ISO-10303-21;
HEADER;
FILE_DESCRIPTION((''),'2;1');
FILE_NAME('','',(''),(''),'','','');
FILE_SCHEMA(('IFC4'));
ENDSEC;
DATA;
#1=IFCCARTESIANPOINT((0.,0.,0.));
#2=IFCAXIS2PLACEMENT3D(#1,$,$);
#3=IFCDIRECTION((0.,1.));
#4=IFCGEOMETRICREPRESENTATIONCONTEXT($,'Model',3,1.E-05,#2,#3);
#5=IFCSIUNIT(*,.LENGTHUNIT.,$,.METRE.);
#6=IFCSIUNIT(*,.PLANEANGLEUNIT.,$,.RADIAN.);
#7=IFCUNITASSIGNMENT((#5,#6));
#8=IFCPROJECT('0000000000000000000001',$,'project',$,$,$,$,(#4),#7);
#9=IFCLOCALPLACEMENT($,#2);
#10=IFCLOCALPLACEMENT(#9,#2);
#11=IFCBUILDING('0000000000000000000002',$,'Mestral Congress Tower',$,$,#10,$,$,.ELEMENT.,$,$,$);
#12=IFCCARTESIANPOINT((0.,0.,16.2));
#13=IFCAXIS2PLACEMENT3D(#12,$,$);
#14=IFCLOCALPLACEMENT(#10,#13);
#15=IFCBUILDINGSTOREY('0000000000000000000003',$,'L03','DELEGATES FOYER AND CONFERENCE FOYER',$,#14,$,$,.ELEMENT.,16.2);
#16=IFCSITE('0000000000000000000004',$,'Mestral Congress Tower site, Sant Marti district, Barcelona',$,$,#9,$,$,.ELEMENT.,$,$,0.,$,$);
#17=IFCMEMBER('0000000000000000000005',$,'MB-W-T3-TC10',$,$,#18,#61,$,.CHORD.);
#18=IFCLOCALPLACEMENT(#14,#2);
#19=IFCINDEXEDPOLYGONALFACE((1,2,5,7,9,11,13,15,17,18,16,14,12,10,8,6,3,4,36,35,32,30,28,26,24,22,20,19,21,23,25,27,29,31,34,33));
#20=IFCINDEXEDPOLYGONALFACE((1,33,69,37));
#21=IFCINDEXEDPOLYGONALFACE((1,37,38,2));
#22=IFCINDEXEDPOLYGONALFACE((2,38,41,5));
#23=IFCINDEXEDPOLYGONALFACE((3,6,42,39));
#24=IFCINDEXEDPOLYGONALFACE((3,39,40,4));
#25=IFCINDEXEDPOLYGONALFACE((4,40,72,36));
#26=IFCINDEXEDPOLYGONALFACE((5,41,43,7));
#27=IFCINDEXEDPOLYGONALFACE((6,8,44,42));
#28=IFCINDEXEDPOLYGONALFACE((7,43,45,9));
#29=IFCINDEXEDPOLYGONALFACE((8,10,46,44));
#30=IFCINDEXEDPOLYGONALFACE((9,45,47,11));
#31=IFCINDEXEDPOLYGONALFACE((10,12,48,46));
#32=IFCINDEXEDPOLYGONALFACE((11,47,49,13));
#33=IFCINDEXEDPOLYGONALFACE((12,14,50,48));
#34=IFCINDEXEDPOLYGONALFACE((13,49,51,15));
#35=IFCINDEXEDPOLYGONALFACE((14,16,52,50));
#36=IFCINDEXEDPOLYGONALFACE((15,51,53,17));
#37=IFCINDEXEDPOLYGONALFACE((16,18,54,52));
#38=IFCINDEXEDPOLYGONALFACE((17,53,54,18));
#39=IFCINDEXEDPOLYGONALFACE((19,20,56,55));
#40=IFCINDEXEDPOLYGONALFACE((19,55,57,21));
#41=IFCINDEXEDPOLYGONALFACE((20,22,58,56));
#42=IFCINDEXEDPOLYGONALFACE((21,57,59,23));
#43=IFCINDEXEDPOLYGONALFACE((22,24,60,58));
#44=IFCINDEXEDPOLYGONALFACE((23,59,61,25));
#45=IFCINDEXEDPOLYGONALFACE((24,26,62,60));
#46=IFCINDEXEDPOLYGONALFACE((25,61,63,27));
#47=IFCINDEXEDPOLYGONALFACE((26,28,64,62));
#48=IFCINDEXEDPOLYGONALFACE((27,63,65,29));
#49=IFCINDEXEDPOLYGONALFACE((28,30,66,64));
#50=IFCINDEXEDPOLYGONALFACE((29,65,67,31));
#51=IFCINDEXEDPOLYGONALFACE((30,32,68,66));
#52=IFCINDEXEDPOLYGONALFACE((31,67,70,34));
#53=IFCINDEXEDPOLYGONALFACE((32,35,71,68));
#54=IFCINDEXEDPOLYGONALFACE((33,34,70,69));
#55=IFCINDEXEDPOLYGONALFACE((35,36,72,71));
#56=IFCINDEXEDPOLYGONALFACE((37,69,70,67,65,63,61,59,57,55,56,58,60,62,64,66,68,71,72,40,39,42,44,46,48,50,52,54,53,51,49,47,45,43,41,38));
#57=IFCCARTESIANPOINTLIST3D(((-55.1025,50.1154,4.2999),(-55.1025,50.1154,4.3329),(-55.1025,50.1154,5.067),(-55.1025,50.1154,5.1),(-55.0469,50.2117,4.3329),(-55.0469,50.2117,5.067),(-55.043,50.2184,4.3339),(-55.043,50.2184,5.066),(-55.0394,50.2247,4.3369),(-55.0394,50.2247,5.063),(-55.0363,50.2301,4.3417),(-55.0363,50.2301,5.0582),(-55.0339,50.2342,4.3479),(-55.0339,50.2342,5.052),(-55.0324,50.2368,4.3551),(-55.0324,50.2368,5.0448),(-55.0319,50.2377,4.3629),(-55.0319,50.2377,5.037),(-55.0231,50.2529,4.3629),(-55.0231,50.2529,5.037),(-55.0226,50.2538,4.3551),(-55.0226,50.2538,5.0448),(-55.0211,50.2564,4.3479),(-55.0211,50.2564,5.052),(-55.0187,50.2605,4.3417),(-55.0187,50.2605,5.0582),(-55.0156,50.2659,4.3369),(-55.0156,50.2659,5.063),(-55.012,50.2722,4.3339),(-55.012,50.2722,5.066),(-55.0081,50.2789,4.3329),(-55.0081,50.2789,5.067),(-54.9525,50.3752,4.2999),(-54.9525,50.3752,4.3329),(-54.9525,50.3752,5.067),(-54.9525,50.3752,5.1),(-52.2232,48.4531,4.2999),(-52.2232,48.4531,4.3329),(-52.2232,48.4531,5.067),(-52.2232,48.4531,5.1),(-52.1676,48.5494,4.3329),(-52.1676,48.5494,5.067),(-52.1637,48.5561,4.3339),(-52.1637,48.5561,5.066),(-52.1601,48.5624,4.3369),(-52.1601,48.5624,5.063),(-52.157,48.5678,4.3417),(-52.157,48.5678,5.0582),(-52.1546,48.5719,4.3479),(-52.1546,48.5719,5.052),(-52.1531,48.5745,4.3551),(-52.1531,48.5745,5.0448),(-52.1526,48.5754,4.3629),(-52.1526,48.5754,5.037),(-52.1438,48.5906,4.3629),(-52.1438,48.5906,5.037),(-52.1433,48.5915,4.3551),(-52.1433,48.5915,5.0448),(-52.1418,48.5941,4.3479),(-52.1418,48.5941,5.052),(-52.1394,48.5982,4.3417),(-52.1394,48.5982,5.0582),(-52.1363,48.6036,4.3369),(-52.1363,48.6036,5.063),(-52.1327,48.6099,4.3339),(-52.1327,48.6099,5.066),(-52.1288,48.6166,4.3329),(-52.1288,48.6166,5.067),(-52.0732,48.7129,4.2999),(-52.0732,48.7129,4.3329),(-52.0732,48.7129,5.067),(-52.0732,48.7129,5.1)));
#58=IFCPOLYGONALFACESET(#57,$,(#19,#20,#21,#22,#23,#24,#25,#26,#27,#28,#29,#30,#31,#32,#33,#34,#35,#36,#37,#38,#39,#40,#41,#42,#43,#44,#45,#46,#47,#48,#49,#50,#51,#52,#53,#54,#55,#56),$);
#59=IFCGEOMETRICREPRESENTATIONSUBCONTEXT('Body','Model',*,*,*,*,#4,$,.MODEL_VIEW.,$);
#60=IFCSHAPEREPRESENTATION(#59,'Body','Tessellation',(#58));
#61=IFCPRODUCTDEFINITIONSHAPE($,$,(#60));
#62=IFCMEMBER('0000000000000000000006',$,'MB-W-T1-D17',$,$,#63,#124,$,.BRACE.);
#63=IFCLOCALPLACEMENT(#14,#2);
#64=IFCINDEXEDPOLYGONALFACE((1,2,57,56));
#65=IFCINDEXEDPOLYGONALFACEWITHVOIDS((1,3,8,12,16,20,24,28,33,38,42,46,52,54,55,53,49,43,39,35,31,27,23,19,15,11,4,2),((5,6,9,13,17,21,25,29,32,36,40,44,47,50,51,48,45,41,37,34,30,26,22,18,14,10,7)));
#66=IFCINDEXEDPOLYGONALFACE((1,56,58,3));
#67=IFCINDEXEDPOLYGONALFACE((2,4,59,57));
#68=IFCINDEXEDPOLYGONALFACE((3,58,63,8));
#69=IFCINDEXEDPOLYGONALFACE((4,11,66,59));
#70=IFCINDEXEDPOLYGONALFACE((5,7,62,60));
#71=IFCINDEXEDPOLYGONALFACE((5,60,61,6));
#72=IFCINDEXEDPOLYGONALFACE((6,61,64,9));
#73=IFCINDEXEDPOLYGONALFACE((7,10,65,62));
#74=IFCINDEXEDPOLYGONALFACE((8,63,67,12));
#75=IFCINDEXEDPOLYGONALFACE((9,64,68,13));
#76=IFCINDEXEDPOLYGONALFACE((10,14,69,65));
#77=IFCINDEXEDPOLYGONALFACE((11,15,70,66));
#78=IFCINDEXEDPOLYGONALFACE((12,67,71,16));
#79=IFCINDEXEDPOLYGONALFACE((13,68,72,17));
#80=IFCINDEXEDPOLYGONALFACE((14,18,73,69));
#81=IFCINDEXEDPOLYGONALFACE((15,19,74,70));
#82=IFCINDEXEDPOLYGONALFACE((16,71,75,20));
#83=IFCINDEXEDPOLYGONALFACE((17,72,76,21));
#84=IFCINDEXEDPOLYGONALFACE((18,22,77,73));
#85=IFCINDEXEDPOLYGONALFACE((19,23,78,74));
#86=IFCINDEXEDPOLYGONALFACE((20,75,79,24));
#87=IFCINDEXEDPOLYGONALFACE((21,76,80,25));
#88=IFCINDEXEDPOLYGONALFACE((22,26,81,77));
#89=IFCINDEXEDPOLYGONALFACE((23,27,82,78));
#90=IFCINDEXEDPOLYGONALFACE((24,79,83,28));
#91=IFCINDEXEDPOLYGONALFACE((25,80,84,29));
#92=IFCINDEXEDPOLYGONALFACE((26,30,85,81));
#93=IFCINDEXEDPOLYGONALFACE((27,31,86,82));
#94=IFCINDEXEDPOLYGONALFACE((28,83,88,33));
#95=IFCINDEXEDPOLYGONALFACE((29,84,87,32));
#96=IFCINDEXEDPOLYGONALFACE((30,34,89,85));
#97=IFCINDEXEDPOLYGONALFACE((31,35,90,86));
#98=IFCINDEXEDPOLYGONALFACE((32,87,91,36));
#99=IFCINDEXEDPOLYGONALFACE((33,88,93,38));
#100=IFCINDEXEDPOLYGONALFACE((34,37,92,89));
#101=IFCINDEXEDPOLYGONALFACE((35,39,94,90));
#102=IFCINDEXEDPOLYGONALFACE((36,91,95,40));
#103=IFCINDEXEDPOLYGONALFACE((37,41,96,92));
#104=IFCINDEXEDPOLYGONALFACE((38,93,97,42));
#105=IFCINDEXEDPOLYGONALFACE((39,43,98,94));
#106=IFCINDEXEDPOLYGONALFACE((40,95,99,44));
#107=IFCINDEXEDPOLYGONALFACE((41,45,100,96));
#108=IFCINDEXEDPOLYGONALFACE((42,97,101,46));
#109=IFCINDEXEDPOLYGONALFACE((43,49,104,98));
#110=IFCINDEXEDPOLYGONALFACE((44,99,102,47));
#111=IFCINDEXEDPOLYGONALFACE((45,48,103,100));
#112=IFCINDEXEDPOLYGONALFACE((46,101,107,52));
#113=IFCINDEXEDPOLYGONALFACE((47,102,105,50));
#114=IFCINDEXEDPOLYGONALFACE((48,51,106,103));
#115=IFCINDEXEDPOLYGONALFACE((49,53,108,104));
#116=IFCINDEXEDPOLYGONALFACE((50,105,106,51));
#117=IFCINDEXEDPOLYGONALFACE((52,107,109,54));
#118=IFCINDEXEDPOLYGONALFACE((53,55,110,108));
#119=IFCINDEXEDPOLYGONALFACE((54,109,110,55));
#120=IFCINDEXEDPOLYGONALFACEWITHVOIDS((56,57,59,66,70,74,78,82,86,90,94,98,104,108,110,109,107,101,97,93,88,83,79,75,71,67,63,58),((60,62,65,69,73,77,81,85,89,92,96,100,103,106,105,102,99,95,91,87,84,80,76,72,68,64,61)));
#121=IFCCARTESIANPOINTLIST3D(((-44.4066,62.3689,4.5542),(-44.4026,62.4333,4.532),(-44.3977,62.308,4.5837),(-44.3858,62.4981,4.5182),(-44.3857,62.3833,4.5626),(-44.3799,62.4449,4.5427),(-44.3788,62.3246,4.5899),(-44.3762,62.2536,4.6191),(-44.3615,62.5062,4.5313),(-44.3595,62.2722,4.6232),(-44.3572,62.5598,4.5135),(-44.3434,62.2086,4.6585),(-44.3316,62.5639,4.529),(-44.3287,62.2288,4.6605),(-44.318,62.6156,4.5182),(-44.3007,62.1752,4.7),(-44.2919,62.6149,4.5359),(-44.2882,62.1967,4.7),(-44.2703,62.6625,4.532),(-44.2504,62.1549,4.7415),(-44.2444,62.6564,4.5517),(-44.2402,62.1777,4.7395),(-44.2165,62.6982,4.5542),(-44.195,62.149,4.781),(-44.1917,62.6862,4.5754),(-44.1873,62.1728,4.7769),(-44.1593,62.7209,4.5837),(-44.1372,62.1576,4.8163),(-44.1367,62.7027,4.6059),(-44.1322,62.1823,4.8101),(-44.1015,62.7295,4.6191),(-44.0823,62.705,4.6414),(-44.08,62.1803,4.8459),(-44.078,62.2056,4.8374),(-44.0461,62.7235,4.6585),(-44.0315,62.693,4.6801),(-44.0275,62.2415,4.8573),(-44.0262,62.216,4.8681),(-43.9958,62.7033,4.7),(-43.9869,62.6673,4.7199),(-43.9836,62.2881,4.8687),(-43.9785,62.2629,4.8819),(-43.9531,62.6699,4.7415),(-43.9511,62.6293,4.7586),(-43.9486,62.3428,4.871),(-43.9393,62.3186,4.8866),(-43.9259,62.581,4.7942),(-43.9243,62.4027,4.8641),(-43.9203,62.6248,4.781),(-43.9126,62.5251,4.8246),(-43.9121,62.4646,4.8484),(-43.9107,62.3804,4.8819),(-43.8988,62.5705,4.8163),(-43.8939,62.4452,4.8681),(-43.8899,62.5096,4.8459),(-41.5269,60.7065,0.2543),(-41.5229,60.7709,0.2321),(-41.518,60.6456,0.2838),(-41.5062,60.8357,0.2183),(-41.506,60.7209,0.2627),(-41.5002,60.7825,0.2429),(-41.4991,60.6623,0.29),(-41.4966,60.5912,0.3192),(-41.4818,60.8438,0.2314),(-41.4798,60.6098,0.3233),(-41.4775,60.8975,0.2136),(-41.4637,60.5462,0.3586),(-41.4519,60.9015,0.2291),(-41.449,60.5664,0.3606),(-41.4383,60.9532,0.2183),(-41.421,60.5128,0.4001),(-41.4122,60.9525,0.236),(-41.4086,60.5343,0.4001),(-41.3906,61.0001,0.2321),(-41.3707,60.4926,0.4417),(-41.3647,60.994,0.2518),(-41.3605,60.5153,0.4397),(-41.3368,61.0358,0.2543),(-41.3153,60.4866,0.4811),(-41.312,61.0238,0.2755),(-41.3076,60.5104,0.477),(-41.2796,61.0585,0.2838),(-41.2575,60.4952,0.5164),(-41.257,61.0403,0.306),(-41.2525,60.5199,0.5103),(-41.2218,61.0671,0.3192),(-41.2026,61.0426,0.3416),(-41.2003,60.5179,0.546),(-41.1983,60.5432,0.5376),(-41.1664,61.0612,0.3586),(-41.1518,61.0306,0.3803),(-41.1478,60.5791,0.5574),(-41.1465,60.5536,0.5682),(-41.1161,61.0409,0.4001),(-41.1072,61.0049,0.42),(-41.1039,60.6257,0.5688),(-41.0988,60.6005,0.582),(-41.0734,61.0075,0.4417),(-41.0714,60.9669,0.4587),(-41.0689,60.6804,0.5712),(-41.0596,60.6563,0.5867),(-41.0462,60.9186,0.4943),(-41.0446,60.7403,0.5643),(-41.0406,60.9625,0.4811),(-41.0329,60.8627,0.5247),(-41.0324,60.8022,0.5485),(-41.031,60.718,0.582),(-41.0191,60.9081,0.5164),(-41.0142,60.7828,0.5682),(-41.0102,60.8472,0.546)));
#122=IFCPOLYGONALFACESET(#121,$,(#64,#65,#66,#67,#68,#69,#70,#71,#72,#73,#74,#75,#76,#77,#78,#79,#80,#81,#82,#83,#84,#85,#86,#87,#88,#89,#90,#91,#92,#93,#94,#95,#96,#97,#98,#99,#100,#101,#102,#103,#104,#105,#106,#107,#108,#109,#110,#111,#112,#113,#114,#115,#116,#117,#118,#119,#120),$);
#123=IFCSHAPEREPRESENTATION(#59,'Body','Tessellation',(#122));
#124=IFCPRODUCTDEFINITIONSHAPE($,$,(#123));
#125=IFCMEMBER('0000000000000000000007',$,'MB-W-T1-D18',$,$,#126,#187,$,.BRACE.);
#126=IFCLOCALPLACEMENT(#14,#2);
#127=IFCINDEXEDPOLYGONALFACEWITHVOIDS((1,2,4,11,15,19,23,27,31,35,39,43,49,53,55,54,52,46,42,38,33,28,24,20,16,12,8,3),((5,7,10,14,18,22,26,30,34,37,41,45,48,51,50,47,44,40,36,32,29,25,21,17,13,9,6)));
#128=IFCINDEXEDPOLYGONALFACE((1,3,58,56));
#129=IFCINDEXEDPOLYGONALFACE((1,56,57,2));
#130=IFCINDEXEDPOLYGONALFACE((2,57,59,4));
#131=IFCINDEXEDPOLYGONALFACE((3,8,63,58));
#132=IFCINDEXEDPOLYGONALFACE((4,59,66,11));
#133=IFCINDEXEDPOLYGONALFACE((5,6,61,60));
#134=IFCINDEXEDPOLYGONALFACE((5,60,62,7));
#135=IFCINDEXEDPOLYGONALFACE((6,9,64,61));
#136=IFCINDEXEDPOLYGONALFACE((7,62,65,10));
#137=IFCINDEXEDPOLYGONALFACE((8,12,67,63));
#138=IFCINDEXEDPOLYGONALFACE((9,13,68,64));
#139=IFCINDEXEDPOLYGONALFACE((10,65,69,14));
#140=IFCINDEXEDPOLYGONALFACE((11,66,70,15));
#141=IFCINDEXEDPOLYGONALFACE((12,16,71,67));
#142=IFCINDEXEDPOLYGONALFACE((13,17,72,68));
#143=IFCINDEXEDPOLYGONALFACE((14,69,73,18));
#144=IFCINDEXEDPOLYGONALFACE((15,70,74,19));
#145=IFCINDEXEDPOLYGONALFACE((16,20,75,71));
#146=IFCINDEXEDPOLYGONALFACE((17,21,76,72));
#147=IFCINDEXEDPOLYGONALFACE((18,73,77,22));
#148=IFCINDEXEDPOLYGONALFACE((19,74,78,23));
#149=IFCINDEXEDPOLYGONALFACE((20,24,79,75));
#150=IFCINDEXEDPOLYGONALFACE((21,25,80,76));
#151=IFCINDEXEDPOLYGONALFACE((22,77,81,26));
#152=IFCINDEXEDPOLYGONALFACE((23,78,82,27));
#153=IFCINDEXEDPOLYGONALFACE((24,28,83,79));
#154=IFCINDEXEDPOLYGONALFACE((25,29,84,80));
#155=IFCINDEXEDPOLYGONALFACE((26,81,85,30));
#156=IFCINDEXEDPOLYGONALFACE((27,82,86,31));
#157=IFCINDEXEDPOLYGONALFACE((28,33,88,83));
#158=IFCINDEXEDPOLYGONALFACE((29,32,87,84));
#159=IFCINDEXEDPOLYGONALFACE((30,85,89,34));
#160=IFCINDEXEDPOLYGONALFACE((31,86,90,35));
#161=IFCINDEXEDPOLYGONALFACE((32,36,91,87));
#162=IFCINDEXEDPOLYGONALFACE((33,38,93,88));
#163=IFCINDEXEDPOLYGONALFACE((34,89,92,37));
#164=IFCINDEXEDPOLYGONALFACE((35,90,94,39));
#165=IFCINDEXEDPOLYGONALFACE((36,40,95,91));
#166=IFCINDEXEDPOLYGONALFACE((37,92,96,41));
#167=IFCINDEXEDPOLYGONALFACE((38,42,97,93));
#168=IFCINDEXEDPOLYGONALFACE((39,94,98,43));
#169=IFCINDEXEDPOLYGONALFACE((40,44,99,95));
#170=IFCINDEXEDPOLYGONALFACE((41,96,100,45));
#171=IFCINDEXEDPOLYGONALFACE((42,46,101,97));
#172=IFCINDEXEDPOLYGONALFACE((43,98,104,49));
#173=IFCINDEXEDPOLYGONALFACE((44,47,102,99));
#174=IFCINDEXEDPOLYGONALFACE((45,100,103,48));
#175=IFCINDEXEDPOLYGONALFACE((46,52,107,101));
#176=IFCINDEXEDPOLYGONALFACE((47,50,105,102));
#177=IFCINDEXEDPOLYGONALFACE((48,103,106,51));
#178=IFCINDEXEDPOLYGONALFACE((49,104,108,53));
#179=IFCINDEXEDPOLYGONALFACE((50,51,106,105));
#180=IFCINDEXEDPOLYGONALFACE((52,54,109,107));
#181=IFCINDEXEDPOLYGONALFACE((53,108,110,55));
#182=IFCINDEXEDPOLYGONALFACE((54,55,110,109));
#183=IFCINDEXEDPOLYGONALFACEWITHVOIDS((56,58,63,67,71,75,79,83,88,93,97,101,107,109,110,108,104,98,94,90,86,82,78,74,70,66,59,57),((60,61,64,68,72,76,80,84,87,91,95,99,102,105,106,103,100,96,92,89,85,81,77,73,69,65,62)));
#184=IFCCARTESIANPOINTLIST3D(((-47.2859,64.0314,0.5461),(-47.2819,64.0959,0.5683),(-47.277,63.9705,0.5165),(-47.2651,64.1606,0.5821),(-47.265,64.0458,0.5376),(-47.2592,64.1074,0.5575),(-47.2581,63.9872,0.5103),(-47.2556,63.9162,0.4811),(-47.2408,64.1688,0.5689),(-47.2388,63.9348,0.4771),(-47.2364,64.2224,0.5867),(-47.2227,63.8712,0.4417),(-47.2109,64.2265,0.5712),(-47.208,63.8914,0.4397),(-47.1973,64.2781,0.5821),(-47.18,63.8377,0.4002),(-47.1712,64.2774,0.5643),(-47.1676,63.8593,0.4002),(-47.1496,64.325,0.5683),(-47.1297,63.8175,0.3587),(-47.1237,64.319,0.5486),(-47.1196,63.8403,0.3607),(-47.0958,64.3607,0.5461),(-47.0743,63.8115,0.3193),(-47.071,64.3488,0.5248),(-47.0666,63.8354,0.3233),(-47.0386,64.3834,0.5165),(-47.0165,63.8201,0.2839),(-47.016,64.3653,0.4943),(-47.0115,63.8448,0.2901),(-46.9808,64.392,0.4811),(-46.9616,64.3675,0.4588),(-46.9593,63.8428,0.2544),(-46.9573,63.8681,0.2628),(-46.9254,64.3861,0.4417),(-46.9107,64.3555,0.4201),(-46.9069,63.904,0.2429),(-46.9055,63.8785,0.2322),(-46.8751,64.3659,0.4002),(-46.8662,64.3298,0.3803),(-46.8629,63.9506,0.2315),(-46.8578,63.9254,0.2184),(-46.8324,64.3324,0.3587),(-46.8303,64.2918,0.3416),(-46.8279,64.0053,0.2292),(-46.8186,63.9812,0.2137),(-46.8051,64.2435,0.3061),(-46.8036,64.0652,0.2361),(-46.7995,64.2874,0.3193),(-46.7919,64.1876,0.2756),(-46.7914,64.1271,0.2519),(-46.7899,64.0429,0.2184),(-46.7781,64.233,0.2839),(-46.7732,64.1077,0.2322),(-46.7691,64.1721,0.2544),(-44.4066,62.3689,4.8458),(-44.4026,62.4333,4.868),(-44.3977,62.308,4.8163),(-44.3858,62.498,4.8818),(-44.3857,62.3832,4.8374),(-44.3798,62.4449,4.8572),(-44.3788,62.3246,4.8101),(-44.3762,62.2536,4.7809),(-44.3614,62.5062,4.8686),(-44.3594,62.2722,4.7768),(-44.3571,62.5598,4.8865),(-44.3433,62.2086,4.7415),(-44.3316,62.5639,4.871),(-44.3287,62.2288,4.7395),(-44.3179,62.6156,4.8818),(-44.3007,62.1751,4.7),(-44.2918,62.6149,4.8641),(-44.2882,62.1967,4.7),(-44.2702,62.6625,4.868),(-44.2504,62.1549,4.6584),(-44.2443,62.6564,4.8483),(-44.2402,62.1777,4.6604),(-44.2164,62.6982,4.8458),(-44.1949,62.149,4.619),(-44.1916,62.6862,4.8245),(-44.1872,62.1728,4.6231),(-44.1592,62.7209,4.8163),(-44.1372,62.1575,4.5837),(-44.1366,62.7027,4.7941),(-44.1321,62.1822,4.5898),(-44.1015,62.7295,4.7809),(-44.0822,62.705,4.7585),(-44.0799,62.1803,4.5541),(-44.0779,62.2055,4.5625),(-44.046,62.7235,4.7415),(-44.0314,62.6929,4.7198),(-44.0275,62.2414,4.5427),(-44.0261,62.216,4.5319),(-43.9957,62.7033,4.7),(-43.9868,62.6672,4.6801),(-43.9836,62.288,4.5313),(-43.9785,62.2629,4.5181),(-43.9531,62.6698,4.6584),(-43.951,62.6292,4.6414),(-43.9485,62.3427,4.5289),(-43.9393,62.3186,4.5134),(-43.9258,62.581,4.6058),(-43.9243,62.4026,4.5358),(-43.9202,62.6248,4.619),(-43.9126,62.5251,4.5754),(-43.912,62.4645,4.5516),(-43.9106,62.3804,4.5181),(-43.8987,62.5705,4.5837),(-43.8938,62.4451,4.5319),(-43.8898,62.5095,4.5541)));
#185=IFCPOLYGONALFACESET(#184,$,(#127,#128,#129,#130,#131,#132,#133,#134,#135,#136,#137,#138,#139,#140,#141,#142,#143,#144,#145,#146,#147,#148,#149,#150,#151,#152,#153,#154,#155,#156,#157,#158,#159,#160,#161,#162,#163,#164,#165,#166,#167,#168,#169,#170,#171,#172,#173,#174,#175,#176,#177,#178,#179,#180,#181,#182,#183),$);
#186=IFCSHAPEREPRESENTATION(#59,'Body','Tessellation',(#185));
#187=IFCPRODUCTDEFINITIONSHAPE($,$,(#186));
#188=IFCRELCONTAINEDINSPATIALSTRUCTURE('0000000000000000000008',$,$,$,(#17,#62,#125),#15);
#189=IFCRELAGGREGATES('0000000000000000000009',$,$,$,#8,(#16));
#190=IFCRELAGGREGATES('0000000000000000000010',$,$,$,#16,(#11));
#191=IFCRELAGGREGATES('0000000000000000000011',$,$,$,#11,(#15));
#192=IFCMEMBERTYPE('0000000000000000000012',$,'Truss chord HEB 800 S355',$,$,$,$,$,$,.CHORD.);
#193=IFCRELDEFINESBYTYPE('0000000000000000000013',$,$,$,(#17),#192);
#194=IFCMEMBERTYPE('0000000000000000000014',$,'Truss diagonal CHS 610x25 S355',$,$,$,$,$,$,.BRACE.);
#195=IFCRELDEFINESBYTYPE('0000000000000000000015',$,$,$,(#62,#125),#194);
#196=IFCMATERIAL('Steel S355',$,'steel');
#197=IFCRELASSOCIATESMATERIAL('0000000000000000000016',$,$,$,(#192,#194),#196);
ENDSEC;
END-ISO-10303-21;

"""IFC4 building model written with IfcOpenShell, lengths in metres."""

from ifc_helpers import new_model, si_unit, direction, frame, origin, origin_2d, place, context, subcontext, project, spatial, hollow_circle, i_section, extrude, material, material_profile, profile_set, type_object, element, save


model = new_model("IFC4")

# Units and contexts
model_context = context("Model", 3, precision=1e-05, world=origin(), true_north=direction((0.0, 1.0)))
body_context = subcontext(model_context, "Body", "Model", "MODEL_VIEW")
ifc_project = project(units=[si_unit("LENGTHUNIT", "METRE"), si_unit("PLANEANGLEUNIT", "RADIAN")], contexts=[model_context])

# Site, building, storey
site_placement = place(None, origin())
site = spatial("IfcSite", under=ifc_project, at=site_placement, Name="Mestral Congress Tower site, Sant Marti district, Barcelona", CompositionType="ELEMENT", RefElevation=0.0)
building_placement = place(site_placement, origin())
building = spatial("IfcBuilding", under=site, at=building_placement, Name="Mestral Congress Tower", CompositionType="ELEMENT")
storey_placement = place(building_placement, frame((0.0, 0.0, 16.2)))
storey = spatial("IfcBuildingStorey", under=building, at=storey_placement, Name="L03", Description="DELEGATES FOYER AND CONFERENCE FOYER", CompositionType="ELEMENT", Elevation=16.2)

# Shared definitions
ifc_material_1 = material(Name="Steel S355", Category="steel")

# Members
ifc_material_profile_1 = material_profile(ifc_material_1, i_section(OverallWidth=0.3, OverallDepth=0.8, WebThickness=0.0176, FlangeThickness=0.033, FilletRadius=0.03, at=origin_2d()), Name="HEB 800")
ifc_profile_set_1 = profile_set([ifc_material_profile_1], Name="Steel S355")
member_type_1 = type_object("IfcMemberType", Name="Truss chord HEB 800 S355", PredefinedType="CHORD", material=ifc_profile_set_1)
member_1_placement = place(storey_placement, frame((-52.1482, 48.583, 4.7), z_axis=(-0.866034, 0.499985, 0.0), x_axis=(-0.499985, -0.866034, 0.0)))
element("IfcMember", 1, at=member_1_placement, inside=storey, type_object=member_type_1, Name="MB-W-T3-TC10", PredefinedType="CHORD", context=body_context, shape_type="SweptSolid", body=[
    extrude(i_section(OverallWidth=0.3, OverallDepth=0.8, WebThickness=0.0176, FlangeThickness=0.033, FilletRadius=0.03, at=origin_2d()), origin(), (0.0, 0.0, 1.0), 3.3247),
])
ifc_material_profile_2 = material_profile(ifc_material_1, hollow_circle(Radius=0.3049, WallThickness=0.0249, at=origin_2d()), Name="CHS 610x25")
ifc_profile_set_2 = profile_set([ifc_material_profile_2], Name="Steel S355")
member_type_2 = type_object("IfcMemberType", Name="Truss diagonal CHS 610x25 S355", PredefinedType="BRACE", material=ifc_profile_set_2)
member_2_placement = place(storey_placement, frame((-41.2686, 60.7769, 0.4001), z_axis=(-0.529789, 0.305836, 0.791068), x_axis=(-0.499953, -0.866052, 0.0)))
element("IfcMember", 2, at=member_2_placement, inside=storey, type_object=member_type_2, Name="MB-W-T1-D17", PredefinedType="BRACE", context=body_context, shape_type="SweptSolid", body=[
    extrude(hollow_circle(Radius=0.3049, WallThickness=0.0249, at=origin_2d()), origin(), (0.0, 0.0, 1.0), 5.4355),
])
member_3_placement = place(storey_placement, frame((-44.1482, 62.4392, 4.7), z_axis=(-0.529749, 0.305884, -0.791076), x_axis=(-0.50004, -0.866002, 0.0)))
element("IfcMember", 3, at=member_3_placement, inside=storey, type_object=member_type_2, Name="MB-W-T1-D18", PredefinedType="BRACE", context=body_context, shape_type="SweptSolid", body=[
    extrude(hollow_circle(Radius=0.3049, WallThickness=0.0249, at=origin_2d()), origin(), (0.0, 0.0, 1.0), 5.4353),
])

save(model, "model.ifc")
